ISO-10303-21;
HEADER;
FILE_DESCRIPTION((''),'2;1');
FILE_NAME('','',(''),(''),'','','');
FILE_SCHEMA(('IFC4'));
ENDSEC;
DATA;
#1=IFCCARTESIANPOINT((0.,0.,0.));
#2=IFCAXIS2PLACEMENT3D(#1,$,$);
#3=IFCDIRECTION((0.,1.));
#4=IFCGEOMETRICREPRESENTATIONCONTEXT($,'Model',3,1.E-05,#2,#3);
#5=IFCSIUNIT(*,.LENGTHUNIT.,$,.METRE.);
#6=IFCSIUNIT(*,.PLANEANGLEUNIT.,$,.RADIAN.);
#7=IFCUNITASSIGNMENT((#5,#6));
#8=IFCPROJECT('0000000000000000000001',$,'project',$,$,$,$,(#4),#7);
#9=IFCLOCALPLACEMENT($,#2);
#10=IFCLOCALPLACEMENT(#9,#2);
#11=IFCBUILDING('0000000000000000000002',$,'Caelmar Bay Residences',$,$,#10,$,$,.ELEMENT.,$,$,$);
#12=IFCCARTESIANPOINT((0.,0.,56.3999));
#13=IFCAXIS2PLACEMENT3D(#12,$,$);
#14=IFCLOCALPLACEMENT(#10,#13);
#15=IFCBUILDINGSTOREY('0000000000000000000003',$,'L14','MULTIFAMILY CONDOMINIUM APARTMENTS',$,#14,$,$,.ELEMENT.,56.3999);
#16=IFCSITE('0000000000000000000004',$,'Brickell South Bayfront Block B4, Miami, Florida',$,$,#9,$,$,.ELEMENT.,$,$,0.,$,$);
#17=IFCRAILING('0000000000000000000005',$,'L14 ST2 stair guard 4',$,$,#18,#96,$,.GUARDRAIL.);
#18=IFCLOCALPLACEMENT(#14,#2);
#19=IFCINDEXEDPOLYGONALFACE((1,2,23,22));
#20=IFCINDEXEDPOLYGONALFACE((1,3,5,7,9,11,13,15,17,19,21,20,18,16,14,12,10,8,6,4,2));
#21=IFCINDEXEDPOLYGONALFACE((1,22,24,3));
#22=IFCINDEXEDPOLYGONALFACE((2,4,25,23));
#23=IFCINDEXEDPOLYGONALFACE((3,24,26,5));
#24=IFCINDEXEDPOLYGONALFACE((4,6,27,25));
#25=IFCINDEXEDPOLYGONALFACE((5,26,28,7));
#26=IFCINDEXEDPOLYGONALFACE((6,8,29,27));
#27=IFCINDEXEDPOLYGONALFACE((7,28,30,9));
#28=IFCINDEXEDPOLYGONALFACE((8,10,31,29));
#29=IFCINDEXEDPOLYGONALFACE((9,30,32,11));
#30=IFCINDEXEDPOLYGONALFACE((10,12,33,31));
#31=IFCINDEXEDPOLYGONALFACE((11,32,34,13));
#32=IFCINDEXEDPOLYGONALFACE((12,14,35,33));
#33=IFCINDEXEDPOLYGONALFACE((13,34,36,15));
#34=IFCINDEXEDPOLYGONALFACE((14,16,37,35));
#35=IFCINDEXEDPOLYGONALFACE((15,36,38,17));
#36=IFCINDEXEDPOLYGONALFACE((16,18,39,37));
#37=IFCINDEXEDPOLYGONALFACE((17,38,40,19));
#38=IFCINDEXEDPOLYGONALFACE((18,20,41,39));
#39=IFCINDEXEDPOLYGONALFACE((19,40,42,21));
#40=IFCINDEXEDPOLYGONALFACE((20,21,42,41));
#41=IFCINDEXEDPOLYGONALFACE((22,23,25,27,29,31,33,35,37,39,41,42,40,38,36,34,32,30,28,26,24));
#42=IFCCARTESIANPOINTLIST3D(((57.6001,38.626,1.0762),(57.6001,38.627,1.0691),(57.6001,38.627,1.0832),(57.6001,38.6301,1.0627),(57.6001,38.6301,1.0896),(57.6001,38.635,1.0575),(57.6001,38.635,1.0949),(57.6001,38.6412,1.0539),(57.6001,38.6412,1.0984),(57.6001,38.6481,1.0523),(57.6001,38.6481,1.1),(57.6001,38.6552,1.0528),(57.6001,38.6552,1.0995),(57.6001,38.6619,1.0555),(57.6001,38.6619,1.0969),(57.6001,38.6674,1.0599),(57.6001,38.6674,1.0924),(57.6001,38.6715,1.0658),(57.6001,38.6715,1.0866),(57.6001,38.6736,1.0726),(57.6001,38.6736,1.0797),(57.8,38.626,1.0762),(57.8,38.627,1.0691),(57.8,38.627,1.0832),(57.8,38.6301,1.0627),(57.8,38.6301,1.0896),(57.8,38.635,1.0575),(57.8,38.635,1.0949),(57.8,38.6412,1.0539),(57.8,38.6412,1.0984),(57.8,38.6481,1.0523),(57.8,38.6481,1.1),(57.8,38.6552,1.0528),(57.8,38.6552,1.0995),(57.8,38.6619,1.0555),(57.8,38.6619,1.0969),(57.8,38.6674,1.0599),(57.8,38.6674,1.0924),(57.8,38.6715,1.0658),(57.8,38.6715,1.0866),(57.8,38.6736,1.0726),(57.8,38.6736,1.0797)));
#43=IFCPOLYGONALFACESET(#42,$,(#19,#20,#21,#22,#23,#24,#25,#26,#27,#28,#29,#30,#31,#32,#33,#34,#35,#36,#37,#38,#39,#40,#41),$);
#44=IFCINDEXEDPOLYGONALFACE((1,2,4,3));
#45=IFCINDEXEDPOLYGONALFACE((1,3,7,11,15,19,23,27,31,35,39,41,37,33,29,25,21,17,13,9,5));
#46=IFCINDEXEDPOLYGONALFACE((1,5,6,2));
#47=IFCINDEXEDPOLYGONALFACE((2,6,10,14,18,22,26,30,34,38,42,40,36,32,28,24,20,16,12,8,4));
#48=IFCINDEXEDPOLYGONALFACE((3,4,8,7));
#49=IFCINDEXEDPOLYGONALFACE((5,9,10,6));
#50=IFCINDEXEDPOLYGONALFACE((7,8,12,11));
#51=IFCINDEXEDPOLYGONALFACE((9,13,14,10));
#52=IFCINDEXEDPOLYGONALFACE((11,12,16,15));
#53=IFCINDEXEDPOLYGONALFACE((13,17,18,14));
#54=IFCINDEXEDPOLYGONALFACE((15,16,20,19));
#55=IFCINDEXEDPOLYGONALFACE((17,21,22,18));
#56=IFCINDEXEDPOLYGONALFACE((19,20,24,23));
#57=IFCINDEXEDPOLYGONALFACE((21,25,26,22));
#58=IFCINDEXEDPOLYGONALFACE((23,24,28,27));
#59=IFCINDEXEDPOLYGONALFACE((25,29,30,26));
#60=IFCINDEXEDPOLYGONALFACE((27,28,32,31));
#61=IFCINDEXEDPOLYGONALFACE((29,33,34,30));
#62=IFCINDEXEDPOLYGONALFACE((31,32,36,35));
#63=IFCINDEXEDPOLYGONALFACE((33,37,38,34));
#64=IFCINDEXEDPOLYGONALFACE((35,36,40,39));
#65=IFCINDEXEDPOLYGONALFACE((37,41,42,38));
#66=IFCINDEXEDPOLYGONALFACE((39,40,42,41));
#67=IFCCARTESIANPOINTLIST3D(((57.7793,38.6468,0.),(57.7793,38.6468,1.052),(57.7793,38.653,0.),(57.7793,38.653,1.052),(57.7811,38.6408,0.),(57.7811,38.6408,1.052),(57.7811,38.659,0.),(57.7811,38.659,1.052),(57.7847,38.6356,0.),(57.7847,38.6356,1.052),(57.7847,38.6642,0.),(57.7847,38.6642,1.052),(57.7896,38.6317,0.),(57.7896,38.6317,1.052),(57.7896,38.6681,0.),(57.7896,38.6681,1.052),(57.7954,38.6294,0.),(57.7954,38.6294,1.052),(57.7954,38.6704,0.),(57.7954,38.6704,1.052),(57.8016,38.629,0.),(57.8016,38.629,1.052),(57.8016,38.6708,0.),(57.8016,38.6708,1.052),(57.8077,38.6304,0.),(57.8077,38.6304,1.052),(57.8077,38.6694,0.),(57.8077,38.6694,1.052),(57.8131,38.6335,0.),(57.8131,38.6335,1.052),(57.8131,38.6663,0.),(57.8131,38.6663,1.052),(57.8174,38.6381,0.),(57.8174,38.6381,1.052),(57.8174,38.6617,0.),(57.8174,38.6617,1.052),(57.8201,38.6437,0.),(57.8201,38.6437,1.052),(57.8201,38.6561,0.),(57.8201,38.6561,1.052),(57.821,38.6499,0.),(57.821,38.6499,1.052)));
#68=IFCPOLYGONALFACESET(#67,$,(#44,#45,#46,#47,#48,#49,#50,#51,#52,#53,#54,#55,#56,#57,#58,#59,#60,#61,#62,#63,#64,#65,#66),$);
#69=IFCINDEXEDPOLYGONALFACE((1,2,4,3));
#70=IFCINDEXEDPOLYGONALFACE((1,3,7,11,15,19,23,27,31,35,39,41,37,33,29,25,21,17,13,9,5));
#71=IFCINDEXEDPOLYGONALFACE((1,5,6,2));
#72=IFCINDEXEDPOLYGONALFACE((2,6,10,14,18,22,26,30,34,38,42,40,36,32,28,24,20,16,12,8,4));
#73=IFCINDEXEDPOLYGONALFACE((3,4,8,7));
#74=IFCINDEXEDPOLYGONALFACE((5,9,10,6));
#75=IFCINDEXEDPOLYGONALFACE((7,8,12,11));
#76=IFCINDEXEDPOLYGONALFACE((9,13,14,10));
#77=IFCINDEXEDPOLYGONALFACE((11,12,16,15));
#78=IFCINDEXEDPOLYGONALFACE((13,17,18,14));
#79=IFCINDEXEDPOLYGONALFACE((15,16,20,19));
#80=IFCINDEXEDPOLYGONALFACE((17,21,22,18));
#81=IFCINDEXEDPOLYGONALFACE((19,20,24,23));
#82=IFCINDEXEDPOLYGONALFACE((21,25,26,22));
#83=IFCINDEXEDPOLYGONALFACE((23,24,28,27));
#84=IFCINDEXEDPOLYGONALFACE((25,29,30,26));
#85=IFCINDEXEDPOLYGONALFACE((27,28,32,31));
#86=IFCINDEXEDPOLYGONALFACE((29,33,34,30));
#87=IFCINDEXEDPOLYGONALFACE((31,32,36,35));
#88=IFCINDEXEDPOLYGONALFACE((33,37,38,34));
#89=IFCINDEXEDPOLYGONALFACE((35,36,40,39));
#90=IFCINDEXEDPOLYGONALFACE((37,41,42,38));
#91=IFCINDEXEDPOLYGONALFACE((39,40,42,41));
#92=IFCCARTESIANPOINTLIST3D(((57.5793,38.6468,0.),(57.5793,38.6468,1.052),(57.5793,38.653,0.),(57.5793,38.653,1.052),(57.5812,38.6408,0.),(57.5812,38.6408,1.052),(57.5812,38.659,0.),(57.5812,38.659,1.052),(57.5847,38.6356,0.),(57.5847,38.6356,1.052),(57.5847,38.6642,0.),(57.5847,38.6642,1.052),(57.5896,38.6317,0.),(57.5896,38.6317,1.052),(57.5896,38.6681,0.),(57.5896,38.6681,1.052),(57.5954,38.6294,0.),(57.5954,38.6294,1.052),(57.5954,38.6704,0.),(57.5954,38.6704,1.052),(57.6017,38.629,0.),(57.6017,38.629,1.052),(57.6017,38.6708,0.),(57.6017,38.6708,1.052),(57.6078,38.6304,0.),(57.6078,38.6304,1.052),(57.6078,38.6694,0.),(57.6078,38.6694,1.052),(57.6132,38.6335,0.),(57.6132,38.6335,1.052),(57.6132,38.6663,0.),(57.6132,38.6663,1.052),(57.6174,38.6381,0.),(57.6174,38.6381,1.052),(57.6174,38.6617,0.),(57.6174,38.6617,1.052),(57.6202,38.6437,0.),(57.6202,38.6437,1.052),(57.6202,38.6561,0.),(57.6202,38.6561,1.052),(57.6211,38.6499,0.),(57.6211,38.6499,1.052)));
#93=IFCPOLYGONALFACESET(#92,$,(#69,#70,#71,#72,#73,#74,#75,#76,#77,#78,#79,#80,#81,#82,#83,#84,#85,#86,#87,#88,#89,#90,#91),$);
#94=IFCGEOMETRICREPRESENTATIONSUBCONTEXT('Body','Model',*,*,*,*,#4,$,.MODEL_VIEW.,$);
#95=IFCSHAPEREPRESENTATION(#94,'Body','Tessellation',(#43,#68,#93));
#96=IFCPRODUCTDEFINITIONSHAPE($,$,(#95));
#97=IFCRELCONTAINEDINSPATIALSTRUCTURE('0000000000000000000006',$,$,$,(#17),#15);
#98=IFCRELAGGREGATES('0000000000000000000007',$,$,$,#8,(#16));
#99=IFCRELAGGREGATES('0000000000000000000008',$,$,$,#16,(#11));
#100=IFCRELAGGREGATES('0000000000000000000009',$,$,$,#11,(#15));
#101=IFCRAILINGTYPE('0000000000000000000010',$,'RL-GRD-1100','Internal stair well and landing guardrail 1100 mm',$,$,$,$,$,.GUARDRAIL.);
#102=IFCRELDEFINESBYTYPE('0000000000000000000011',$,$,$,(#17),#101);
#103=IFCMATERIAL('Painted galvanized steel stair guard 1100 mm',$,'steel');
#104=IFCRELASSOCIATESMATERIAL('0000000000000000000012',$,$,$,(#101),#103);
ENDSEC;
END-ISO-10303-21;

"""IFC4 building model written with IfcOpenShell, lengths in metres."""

from ifc_helpers import new_model, si_unit, direction, frame, origin, origin_2d, place, context, subcontext, project, spatial, circle, extrude, material, type_object, element, save


model = new_model("IFC4")

# Units and contexts
model_context = context("Model", 3, precision=1e-05, world=origin(), true_north=direction((0.0, 1.0)))
body_context = subcontext(model_context, "Body", "Model", "MODEL_VIEW")
ifc_project = project(units=[si_unit("LENGTHUNIT", "METRE"), si_unit("PLANEANGLEUNIT", "RADIAN")], contexts=[model_context])

# Site, building, storey
site_placement = place(None, origin())
site = spatial("IfcSite", under=ifc_project, at=site_placement, Name="Brickell South Bayfront Block B4, Miami, Florida", CompositionType="ELEMENT", RefElevation=0.0)
building_placement = place(site_placement, origin())
building = spatial("IfcBuilding", under=site, at=building_placement, Name="Caelmar Bay Residences", CompositionType="ELEMENT")
storey_placement = place(building_placement, frame((0.0, 0.0, 56.3999)))
storey = spatial("IfcBuildingStorey", under=building, at=storey_placement, Name="L14", Description="MULTIFAMILY CONDOMINIUM APARTMENTS", CompositionType="ELEMENT", Elevation=56.3999)

# Railing
ifc_material_1 = material(Name="Painted galvanized steel stair guard 1100 mm", Category="steel")
railing_type_1 = type_object("IfcRailingType", Name="RL-GRD-1100", Description="Internal stair well and landing guardrail 1100 mm", PredefinedType="GUARDRAIL", material=ifc_material_1)
railing_1_placement = place(storey_placement, frame((57.8, 38.6499, 0.0)))
element("IfcRailing", 1, at=railing_1_placement, inside=storey, type_object=railing_type_1, Name="L14 ST2 stair guard 4", PredefinedType="GUARDRAIL", context=body_context, shape_type="SweptSolid", body=[
    extrude(circle(Radius=0.0239, at=origin_2d()), frame((0.0, 0.0, 1.0762), z_axis=(-1.0, 0.0, 0.0), x_axis=(0.0, -1.0, 0.0)), (0.0, 0.0, 1.0), 0.2),
    extrude(circle(Radius=0.021, at=origin_2d()), origin(), (0.0, 0.0, 1.0), 1.052),
    extrude(circle(Radius=0.021, at=origin_2d()), frame((-0.2, 0.0, 0.0)), (0.0, 0.0, 1.0), 1.052),
])

save(model, "model.ifc")
